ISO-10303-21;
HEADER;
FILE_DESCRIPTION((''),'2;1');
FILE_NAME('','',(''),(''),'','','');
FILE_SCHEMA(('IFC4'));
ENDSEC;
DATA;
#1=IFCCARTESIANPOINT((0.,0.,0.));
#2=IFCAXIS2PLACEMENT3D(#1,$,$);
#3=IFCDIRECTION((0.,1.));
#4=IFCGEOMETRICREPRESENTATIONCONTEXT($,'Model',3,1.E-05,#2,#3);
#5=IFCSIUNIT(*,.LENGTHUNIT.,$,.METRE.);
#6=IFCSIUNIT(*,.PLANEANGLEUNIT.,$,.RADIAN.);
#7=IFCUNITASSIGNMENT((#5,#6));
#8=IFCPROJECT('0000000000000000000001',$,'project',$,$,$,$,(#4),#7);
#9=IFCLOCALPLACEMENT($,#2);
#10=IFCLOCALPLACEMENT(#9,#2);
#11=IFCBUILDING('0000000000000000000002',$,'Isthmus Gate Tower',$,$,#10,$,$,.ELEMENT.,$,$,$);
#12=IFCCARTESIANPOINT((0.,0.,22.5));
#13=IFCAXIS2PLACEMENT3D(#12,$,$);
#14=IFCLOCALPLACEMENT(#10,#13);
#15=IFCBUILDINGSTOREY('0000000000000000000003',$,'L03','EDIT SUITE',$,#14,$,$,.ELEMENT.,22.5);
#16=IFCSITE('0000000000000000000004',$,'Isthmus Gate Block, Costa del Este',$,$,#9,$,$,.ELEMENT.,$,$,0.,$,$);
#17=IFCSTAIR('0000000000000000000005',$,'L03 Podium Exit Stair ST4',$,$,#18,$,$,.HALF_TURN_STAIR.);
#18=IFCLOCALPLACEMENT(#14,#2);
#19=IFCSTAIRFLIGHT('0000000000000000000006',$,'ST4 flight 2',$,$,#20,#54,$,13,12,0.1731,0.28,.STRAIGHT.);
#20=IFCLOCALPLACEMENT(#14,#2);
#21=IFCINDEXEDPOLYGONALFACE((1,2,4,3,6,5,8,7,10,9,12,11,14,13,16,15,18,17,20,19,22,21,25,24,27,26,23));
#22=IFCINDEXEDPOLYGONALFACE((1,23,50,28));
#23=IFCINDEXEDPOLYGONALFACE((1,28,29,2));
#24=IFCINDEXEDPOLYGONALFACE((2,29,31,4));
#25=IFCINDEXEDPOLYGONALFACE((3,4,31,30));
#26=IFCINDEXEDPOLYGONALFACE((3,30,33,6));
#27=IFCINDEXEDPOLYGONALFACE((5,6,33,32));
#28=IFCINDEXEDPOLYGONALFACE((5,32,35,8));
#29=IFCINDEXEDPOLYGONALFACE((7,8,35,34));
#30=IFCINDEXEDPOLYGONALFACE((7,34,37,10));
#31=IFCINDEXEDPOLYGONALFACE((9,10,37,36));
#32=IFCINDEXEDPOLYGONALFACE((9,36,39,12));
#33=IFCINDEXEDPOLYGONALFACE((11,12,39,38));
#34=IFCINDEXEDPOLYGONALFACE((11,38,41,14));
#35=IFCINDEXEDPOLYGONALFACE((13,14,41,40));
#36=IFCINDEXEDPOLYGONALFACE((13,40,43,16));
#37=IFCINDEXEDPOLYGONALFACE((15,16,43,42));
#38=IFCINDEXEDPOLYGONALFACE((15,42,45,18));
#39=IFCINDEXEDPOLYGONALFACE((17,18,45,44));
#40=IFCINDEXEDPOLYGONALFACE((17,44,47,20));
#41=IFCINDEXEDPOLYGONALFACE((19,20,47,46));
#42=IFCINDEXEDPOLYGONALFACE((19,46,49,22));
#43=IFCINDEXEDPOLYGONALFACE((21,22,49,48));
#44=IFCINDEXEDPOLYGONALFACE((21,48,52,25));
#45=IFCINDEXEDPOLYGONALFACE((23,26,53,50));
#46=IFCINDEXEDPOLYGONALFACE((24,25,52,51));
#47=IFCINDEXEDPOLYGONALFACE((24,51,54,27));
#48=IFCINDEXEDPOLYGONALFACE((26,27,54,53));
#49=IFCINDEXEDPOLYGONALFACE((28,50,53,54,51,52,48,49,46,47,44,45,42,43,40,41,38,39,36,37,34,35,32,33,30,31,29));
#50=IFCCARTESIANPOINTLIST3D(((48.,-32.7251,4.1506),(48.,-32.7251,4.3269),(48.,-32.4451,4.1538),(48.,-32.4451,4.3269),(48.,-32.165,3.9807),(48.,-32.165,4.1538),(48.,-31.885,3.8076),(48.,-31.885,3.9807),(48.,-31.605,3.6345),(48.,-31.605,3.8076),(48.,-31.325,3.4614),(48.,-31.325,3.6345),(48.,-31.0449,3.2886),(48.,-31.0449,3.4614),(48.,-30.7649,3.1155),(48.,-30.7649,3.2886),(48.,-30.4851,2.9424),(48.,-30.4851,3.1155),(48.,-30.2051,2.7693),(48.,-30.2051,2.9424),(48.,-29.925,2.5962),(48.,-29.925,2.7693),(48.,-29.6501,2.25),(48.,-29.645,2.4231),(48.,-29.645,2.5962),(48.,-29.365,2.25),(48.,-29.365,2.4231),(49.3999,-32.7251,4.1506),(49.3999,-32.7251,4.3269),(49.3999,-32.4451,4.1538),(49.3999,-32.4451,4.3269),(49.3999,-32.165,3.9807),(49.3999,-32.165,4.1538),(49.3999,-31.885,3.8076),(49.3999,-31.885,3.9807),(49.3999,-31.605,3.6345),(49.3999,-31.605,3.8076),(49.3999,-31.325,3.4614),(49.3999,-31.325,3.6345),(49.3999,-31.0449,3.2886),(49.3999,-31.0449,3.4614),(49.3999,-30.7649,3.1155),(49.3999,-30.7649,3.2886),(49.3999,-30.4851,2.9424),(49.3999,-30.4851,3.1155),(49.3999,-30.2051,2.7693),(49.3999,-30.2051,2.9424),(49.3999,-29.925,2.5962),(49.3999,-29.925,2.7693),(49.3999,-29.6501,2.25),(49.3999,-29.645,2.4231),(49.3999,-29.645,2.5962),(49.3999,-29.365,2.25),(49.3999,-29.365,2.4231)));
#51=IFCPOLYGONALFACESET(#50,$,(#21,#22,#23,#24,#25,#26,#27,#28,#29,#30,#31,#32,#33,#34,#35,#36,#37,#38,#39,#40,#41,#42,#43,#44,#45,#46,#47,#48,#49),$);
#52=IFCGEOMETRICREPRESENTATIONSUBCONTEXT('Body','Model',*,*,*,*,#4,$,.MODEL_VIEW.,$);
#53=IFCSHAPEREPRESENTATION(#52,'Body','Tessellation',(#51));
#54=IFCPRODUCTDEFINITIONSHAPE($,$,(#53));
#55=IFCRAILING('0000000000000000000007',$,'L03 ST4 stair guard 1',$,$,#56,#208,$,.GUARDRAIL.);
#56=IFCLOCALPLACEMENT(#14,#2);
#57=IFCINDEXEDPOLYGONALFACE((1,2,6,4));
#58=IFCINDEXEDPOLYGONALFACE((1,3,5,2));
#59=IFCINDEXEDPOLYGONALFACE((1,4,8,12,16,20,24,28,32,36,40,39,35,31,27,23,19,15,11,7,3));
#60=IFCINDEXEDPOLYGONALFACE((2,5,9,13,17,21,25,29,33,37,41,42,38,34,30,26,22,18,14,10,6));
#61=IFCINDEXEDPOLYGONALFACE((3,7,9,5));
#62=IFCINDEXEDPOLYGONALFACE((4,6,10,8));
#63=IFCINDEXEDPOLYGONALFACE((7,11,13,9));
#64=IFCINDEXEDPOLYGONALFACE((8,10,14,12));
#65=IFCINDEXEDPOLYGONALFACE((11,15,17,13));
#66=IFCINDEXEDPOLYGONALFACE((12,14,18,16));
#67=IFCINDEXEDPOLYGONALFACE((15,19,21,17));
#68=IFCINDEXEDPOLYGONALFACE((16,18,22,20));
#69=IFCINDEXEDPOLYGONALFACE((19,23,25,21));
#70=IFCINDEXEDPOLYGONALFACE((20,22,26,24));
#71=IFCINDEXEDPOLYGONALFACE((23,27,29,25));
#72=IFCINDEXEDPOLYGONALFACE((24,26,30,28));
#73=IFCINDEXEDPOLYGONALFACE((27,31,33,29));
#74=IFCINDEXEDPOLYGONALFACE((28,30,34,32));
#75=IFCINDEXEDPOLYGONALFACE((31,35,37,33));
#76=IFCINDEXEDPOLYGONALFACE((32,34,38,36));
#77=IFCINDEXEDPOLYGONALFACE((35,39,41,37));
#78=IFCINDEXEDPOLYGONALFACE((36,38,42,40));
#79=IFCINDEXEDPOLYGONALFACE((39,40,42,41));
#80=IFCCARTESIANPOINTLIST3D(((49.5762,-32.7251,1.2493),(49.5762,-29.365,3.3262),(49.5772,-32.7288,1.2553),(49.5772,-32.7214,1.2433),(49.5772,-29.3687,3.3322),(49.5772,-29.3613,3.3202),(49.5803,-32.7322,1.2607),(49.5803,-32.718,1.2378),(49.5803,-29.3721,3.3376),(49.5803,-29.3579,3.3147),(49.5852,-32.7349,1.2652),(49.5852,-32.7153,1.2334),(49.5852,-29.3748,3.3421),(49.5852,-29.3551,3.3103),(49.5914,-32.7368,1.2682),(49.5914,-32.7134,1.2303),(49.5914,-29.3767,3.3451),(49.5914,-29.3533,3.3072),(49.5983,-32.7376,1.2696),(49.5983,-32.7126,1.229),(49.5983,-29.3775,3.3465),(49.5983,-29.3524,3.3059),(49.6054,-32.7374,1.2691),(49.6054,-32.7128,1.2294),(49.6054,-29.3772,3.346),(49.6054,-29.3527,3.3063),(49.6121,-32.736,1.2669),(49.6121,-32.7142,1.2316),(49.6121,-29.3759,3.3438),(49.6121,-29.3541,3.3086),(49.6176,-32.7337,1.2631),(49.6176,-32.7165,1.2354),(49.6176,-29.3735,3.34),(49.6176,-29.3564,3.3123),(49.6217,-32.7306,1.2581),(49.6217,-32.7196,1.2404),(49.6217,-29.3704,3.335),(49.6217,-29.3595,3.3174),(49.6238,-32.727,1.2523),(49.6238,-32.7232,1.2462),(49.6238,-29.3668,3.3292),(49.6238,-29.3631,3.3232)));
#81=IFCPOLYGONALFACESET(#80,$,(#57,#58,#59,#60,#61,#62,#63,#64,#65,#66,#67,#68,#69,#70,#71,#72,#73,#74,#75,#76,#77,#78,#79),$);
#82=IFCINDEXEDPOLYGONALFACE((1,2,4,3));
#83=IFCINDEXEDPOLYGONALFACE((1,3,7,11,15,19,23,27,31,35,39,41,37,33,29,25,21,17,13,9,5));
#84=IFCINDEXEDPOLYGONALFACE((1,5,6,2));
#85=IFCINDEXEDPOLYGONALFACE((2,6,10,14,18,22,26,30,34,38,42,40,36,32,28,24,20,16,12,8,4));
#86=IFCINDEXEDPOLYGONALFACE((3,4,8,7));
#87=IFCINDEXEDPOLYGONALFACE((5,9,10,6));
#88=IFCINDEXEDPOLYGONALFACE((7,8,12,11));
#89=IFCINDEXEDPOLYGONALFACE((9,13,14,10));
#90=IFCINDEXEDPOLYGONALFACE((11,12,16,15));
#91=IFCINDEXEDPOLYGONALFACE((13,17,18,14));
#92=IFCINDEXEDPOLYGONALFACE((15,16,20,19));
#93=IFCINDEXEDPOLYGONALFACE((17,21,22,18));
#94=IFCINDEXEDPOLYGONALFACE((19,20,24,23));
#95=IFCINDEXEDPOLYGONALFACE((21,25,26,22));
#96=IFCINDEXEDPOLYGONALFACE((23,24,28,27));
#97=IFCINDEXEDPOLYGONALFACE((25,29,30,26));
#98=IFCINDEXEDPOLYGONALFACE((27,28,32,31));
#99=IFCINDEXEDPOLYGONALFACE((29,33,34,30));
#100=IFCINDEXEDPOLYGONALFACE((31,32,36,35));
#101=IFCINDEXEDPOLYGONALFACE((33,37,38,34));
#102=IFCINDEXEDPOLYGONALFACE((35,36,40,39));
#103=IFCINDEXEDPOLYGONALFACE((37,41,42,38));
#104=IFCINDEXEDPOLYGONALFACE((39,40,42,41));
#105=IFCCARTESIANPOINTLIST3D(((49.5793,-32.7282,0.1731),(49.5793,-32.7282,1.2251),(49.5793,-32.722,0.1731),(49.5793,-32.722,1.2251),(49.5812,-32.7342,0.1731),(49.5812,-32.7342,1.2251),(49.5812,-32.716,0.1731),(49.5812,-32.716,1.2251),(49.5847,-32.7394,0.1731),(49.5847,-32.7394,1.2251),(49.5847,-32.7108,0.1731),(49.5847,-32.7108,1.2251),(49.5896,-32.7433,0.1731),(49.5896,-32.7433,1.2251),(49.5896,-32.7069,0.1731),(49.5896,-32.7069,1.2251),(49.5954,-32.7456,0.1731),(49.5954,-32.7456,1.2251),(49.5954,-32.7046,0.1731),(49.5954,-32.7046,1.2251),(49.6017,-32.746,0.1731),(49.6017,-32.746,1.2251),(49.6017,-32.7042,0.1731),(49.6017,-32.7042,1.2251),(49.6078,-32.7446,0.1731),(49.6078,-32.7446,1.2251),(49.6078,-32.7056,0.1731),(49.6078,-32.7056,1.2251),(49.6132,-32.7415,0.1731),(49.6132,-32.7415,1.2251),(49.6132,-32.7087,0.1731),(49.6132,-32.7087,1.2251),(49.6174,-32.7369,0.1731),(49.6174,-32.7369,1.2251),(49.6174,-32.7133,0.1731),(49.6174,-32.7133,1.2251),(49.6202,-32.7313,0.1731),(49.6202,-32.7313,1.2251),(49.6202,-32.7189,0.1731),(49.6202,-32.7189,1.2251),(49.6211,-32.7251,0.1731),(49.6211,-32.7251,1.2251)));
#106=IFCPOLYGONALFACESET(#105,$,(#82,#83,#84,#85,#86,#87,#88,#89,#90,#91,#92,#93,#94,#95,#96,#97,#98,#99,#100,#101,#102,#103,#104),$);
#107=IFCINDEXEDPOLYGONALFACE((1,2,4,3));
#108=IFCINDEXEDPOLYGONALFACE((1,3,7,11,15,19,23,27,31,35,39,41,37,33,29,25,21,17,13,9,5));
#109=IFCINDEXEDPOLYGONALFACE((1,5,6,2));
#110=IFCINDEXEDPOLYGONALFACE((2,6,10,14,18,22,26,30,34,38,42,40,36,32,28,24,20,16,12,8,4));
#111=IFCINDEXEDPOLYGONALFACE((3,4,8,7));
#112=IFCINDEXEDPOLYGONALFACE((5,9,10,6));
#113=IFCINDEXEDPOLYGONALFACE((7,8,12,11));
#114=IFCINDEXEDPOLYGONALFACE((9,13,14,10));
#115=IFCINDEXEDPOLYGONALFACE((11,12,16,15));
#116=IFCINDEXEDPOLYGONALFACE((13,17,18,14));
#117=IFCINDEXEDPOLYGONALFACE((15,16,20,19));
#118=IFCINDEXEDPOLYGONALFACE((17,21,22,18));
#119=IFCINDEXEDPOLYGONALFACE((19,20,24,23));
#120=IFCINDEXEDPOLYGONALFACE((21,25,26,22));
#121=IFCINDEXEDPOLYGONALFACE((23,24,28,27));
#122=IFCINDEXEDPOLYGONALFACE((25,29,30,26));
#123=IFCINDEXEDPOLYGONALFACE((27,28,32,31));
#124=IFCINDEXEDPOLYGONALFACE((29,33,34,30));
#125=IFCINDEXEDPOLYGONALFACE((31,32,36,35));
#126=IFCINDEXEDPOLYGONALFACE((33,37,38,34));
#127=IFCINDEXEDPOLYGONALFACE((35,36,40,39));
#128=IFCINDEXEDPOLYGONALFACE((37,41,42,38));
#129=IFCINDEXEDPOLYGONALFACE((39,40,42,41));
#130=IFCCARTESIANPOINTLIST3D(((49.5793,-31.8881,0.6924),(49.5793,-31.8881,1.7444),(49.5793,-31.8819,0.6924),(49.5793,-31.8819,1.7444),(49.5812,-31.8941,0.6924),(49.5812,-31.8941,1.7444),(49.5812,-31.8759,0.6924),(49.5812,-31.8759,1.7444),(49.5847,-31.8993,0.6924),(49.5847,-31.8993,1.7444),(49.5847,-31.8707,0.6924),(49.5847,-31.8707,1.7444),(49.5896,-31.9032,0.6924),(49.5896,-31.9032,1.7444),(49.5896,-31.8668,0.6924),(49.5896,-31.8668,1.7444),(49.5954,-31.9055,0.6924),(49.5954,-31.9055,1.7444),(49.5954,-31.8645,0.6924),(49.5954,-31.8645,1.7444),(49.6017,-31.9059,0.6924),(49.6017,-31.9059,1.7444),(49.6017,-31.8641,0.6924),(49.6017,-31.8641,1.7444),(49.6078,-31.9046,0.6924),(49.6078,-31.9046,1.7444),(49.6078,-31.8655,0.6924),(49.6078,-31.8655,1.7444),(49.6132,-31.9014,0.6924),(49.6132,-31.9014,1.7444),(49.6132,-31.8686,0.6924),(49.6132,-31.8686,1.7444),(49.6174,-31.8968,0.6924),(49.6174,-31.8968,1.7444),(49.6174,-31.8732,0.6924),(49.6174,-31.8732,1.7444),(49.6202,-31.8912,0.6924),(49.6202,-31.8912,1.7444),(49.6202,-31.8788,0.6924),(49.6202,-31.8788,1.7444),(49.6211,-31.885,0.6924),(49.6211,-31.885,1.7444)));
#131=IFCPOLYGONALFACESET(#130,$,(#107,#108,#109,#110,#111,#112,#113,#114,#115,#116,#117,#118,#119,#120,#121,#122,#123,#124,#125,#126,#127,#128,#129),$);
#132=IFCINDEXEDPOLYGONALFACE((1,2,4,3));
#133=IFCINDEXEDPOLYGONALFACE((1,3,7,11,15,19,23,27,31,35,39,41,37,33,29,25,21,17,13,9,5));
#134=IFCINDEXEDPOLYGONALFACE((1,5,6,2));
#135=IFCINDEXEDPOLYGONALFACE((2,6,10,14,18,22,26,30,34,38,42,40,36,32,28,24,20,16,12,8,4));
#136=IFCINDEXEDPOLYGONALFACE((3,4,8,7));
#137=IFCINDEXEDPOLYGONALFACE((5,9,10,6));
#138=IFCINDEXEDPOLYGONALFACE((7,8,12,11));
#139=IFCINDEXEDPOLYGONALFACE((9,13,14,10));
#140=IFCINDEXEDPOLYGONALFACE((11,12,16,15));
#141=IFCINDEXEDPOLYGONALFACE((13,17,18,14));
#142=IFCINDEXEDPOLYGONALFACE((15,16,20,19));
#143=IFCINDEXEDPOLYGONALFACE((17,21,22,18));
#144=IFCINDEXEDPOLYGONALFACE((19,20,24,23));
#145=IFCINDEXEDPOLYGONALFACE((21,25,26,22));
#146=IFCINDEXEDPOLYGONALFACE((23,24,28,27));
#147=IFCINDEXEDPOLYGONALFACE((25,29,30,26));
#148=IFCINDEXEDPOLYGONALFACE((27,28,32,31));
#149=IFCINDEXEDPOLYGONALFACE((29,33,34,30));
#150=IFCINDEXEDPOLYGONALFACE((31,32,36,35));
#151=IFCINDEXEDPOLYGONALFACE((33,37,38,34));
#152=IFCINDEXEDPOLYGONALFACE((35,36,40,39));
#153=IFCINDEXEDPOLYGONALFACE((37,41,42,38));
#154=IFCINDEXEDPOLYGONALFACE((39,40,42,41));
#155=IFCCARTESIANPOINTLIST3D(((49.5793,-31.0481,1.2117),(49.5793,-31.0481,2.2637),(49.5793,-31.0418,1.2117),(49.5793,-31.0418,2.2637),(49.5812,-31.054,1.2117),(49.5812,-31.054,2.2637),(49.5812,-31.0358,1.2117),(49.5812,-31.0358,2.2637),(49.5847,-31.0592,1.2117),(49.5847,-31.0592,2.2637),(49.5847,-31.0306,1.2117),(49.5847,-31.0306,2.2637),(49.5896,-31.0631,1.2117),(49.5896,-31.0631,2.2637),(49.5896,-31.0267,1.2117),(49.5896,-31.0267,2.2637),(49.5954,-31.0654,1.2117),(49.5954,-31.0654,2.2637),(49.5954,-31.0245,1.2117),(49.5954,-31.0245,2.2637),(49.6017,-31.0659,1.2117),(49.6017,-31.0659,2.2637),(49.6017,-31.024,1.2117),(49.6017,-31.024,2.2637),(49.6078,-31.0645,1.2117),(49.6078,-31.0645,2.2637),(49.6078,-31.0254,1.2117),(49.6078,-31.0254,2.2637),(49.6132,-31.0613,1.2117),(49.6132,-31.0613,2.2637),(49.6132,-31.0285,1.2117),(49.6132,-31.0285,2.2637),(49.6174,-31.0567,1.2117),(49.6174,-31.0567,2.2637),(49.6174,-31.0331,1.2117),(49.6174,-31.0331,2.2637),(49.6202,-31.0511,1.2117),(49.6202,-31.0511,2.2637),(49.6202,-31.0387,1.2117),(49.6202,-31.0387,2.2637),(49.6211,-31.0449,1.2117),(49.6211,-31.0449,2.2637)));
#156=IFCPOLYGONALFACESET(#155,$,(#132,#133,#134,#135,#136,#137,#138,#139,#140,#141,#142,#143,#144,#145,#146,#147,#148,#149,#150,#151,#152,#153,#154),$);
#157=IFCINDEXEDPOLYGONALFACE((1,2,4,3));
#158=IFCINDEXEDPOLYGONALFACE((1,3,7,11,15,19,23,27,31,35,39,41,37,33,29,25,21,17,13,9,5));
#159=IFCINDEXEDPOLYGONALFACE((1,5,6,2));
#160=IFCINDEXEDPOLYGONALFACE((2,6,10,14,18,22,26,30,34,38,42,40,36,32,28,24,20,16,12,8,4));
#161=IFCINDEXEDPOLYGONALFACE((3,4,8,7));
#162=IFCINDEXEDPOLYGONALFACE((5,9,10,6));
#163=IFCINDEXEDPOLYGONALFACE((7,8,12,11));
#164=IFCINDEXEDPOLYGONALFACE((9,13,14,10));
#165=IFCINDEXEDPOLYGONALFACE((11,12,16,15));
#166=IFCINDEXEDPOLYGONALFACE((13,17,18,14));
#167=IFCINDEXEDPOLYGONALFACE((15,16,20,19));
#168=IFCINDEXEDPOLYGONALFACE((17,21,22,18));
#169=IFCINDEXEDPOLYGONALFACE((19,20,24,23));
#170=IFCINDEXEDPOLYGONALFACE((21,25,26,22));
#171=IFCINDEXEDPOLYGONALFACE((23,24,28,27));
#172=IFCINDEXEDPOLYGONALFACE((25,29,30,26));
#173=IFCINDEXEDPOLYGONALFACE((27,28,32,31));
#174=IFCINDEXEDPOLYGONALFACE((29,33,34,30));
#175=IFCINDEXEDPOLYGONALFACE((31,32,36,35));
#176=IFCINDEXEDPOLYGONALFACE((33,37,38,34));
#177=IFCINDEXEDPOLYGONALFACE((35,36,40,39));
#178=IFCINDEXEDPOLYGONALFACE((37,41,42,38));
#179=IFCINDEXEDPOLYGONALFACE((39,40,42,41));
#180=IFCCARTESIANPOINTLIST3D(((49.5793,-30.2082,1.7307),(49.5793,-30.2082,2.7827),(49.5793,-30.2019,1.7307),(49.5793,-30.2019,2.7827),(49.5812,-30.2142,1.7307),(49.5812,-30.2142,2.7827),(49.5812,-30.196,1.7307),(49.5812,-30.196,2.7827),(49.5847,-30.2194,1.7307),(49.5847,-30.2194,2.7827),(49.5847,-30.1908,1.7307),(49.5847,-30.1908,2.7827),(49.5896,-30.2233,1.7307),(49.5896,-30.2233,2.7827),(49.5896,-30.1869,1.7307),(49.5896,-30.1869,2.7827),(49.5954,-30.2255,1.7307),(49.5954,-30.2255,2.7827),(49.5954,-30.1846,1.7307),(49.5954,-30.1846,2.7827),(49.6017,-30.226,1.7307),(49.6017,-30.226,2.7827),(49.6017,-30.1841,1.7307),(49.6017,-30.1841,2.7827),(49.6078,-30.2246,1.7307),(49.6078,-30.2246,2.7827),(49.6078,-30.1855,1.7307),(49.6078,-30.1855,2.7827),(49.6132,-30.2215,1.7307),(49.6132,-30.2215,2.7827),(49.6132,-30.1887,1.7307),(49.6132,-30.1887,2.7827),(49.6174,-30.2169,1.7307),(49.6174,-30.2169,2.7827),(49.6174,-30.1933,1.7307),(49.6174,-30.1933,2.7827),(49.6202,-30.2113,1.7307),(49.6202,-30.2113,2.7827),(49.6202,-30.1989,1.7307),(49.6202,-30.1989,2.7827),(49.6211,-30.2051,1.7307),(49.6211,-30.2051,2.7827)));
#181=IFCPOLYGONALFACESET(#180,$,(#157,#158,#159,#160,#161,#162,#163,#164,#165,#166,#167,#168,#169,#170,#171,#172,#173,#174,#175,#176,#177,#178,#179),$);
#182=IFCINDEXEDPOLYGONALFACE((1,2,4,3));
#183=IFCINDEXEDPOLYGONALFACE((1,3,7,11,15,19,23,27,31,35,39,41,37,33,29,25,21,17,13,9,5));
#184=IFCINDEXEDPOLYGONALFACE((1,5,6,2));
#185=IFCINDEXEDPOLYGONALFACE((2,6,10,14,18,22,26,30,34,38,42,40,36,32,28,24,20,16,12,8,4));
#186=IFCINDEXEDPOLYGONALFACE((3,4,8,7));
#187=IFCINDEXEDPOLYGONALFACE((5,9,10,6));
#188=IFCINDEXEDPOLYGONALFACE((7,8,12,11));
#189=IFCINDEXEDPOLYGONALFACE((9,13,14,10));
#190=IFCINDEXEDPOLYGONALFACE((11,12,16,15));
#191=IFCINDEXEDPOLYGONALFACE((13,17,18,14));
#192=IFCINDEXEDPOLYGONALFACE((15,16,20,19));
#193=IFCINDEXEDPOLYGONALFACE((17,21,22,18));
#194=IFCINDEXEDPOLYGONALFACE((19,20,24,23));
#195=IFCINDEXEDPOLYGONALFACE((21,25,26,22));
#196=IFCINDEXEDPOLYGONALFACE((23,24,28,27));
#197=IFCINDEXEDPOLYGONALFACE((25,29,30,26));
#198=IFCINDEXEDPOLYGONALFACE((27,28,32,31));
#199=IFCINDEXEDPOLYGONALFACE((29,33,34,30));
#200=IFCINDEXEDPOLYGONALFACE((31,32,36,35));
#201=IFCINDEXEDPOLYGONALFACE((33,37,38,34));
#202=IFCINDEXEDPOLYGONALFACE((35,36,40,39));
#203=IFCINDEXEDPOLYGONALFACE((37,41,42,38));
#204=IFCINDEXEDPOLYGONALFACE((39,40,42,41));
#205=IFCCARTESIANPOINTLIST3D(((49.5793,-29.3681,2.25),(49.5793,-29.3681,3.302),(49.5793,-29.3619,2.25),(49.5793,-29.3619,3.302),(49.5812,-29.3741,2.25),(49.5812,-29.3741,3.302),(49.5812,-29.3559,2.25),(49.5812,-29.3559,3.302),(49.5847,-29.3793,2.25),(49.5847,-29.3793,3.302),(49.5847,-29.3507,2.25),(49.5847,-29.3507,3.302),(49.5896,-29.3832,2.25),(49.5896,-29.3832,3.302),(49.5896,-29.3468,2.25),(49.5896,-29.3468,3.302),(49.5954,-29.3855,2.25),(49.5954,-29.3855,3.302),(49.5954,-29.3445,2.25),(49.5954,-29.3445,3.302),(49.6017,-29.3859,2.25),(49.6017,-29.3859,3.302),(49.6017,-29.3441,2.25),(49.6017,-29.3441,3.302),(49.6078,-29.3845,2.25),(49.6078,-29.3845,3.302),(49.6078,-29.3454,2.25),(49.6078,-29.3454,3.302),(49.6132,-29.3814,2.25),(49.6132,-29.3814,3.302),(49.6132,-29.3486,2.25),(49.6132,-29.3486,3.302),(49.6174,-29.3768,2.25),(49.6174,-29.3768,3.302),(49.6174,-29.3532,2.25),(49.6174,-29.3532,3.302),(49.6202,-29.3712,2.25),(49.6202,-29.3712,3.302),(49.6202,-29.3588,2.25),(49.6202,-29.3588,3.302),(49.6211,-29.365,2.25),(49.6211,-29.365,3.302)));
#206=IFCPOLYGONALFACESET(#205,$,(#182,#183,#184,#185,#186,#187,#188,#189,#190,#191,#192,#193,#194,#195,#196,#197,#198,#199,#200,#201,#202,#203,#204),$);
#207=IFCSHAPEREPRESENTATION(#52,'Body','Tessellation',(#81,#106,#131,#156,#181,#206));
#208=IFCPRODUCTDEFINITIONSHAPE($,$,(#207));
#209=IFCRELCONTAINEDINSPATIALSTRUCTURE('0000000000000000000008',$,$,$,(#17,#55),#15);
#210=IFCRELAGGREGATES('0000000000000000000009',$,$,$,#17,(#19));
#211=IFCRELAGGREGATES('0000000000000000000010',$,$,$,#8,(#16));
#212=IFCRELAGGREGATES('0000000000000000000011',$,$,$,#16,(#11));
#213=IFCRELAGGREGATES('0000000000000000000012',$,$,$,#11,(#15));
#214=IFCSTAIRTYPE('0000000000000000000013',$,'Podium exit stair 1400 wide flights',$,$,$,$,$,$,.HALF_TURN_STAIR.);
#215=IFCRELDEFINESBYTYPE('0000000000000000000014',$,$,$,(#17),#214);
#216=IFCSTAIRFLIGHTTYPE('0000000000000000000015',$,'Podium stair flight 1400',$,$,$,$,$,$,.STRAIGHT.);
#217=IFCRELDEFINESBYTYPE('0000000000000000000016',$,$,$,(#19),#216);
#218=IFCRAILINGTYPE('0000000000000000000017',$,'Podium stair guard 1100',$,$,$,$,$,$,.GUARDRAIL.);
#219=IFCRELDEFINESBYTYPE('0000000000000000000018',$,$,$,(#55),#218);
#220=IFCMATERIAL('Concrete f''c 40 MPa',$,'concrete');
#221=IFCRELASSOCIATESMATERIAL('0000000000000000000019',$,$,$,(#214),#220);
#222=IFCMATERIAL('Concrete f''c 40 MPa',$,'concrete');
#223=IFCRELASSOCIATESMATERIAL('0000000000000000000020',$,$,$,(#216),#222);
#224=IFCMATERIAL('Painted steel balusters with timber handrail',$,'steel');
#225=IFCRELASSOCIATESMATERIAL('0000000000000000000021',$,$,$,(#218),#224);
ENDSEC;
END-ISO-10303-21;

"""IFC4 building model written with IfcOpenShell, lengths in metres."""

from ifc_helpers import new_model, si_unit, direction, frame, origin, origin_2d, place, context, subcontext, project, spatial, polyline, circle, outline, extrude, material, type_object, element, aggregate, save


model = new_model("IFC4")

# Units and contexts
model_context = context("Model", 3, precision=1e-05, world=origin(), true_north=direction((0.0, 1.0)))
body_context = subcontext(model_context, "Body", "Model", "MODEL_VIEW")
ifc_project = project(units=[si_unit("LENGTHUNIT", "METRE"), si_unit("PLANEANGLEUNIT", "RADIAN")], contexts=[model_context])

# Site, building, storey
site_placement = place(None, origin())
site = spatial("IfcSite", under=ifc_project, at=site_placement, Name="Isthmus Gate Block, Costa del Este", CompositionType="ELEMENT", RefElevation=0.0)
building_placement = place(site_placement, origin())
building = spatial("IfcBuilding", under=site, at=building_placement, Name="Isthmus Gate Tower", CompositionType="ELEMENT")
storey_placement = place(building_placement, frame((0.0, 0.0, 22.5)))
storey = spatial("IfcBuildingStorey", under=building, at=storey_placement, Name="L03", Description="EDIT SUITE", CompositionType="ELEMENT", Elevation=22.5)

# Stair, stair flight
ifc_material_1 = material(Name="Concrete f'c 40 MPa", Category="concrete")
stair_type = type_object("IfcStairType", Name="Podium exit stair 1400 wide flights", PredefinedType="HALF_TURN_STAIR", material=ifc_material_1)
stair_placement = place(storey_placement, origin())
stair = element("IfcStair", 1, at=stair_placement, inside=storey, type_object=stair_type, Name="L03 Podium Exit Stair ST4", PredefinedType="HALF_TURN_STAIR")
ifc_material_2 = material(Name="Concrete f'c 40 MPa", Category="concrete")
stair_flight_type = type_object("IfcStairFlightType", Name="Podium stair flight 1400", PredefinedType="STRAIGHT", material=ifc_material_2)
stair_flight_1_placement = place(storey_placement, frame((48.7, -29.365, 2.25), z_axis=(0.0, 0.0, 1.0), x_axis=(0.0, -1.0, 0.0)))
stair_flight_1 = element("IfcStairFlight", 2, at=stair_flight_1_placement, type_object=stair_flight_type, Name="ST4 flight 2", NumberOfRisers=13, NumberOfTreads=12, PredefinedType="STRAIGHT", RiserHeight=0.1731, TreadLength=0.28, context=body_context, shape_type="SweptSolid", body=[
    extrude(outline(polyline([(0.0, 0.0), (0.0, 0.1731), (0.28, 0.1731), (0.28, 0.3462), (0.5601, 0.3462), (0.5601, 0.5193), (0.8401, 0.5193), (0.8401, 0.6924), (1.1201, 0.6924), (1.1201, 0.8655), (1.3999, 0.8655), (1.3999, 1.0386), (1.6799, 1.0386), (1.6799, 1.2114), (1.96, 1.2114), (1.96, 1.3845), (2.24, 1.3845), (2.24, 1.5576), (2.52, 1.5576), (2.52, 1.7307), (2.8, 1.7307), (2.8, 1.9038), (3.0801, 1.9038), (3.0801, 2.0769), (3.3601, 2.0769), (3.3601, 2.25), (3.3601, 1.9006), (0.2852, 0.0), (0.0, 0.0)])), frame((0.0, 0.7, 0.0), z_axis=(0.0, -1.0, 0.0), x_axis=(1.0, 0.0, 0.0)), (0.0, 0.0, 1.0), 1.3999),
])
aggregate(stair, [stair_flight_1])

# Railing
ifc_material_3 = material(Name="Painted steel balusters with timber handrail", Category="steel")
railing_type_1 = type_object("IfcRailingType", Name="Podium stair guard 1100", PredefinedType="GUARDRAIL", material=ifc_material_3)
railing_1_placement = place(storey_placement, frame((49.6001, -32.7251, 0.1731)))
element("IfcRailing", 3, at=railing_1_placement, inside=storey, type_object=railing_type_1, Name="L03 ST4 stair guard 1", PredefinedType="GUARDRAIL", context=body_context, shape_type="SweptSolid", body=[
    extrude(circle(Radius=0.0239, at=origin_2d()), frame((0.0, 0.0, 1.0762), z_axis=(0.0, 0.850623, 0.525776), x_axis=(-1.0, 0.0, 0.0)), (0.0, 0.0, 1.0), 3.9502),
    extrude(circle(Radius=0.021, at=origin_2d()), origin(), (0.0, 0.0, 1.0), 1.052),
    extrude(circle(Radius=0.021, at=origin_2d()), frame((0.0, 0.8401, 0.5193)), (0.0, 0.0, 1.0), 1.052),
    extrude(circle(Radius=0.021, at=origin_2d()), frame((0.0, 1.6802, 1.0386)), (0.0, 0.0, 1.0), 1.052),
    extrude(circle(Radius=0.021, at=origin_2d()), frame((0.0, 2.52, 1.5576)), (0.0, 0.0, 1.0), 1.052),
    extrude(circle(Radius=0.021, at=origin_2d()), frame((0.0, 3.3601, 2.0769)), (0.0, 0.0, 1.0), 1.052),
])

save(model, "model.ifc")
